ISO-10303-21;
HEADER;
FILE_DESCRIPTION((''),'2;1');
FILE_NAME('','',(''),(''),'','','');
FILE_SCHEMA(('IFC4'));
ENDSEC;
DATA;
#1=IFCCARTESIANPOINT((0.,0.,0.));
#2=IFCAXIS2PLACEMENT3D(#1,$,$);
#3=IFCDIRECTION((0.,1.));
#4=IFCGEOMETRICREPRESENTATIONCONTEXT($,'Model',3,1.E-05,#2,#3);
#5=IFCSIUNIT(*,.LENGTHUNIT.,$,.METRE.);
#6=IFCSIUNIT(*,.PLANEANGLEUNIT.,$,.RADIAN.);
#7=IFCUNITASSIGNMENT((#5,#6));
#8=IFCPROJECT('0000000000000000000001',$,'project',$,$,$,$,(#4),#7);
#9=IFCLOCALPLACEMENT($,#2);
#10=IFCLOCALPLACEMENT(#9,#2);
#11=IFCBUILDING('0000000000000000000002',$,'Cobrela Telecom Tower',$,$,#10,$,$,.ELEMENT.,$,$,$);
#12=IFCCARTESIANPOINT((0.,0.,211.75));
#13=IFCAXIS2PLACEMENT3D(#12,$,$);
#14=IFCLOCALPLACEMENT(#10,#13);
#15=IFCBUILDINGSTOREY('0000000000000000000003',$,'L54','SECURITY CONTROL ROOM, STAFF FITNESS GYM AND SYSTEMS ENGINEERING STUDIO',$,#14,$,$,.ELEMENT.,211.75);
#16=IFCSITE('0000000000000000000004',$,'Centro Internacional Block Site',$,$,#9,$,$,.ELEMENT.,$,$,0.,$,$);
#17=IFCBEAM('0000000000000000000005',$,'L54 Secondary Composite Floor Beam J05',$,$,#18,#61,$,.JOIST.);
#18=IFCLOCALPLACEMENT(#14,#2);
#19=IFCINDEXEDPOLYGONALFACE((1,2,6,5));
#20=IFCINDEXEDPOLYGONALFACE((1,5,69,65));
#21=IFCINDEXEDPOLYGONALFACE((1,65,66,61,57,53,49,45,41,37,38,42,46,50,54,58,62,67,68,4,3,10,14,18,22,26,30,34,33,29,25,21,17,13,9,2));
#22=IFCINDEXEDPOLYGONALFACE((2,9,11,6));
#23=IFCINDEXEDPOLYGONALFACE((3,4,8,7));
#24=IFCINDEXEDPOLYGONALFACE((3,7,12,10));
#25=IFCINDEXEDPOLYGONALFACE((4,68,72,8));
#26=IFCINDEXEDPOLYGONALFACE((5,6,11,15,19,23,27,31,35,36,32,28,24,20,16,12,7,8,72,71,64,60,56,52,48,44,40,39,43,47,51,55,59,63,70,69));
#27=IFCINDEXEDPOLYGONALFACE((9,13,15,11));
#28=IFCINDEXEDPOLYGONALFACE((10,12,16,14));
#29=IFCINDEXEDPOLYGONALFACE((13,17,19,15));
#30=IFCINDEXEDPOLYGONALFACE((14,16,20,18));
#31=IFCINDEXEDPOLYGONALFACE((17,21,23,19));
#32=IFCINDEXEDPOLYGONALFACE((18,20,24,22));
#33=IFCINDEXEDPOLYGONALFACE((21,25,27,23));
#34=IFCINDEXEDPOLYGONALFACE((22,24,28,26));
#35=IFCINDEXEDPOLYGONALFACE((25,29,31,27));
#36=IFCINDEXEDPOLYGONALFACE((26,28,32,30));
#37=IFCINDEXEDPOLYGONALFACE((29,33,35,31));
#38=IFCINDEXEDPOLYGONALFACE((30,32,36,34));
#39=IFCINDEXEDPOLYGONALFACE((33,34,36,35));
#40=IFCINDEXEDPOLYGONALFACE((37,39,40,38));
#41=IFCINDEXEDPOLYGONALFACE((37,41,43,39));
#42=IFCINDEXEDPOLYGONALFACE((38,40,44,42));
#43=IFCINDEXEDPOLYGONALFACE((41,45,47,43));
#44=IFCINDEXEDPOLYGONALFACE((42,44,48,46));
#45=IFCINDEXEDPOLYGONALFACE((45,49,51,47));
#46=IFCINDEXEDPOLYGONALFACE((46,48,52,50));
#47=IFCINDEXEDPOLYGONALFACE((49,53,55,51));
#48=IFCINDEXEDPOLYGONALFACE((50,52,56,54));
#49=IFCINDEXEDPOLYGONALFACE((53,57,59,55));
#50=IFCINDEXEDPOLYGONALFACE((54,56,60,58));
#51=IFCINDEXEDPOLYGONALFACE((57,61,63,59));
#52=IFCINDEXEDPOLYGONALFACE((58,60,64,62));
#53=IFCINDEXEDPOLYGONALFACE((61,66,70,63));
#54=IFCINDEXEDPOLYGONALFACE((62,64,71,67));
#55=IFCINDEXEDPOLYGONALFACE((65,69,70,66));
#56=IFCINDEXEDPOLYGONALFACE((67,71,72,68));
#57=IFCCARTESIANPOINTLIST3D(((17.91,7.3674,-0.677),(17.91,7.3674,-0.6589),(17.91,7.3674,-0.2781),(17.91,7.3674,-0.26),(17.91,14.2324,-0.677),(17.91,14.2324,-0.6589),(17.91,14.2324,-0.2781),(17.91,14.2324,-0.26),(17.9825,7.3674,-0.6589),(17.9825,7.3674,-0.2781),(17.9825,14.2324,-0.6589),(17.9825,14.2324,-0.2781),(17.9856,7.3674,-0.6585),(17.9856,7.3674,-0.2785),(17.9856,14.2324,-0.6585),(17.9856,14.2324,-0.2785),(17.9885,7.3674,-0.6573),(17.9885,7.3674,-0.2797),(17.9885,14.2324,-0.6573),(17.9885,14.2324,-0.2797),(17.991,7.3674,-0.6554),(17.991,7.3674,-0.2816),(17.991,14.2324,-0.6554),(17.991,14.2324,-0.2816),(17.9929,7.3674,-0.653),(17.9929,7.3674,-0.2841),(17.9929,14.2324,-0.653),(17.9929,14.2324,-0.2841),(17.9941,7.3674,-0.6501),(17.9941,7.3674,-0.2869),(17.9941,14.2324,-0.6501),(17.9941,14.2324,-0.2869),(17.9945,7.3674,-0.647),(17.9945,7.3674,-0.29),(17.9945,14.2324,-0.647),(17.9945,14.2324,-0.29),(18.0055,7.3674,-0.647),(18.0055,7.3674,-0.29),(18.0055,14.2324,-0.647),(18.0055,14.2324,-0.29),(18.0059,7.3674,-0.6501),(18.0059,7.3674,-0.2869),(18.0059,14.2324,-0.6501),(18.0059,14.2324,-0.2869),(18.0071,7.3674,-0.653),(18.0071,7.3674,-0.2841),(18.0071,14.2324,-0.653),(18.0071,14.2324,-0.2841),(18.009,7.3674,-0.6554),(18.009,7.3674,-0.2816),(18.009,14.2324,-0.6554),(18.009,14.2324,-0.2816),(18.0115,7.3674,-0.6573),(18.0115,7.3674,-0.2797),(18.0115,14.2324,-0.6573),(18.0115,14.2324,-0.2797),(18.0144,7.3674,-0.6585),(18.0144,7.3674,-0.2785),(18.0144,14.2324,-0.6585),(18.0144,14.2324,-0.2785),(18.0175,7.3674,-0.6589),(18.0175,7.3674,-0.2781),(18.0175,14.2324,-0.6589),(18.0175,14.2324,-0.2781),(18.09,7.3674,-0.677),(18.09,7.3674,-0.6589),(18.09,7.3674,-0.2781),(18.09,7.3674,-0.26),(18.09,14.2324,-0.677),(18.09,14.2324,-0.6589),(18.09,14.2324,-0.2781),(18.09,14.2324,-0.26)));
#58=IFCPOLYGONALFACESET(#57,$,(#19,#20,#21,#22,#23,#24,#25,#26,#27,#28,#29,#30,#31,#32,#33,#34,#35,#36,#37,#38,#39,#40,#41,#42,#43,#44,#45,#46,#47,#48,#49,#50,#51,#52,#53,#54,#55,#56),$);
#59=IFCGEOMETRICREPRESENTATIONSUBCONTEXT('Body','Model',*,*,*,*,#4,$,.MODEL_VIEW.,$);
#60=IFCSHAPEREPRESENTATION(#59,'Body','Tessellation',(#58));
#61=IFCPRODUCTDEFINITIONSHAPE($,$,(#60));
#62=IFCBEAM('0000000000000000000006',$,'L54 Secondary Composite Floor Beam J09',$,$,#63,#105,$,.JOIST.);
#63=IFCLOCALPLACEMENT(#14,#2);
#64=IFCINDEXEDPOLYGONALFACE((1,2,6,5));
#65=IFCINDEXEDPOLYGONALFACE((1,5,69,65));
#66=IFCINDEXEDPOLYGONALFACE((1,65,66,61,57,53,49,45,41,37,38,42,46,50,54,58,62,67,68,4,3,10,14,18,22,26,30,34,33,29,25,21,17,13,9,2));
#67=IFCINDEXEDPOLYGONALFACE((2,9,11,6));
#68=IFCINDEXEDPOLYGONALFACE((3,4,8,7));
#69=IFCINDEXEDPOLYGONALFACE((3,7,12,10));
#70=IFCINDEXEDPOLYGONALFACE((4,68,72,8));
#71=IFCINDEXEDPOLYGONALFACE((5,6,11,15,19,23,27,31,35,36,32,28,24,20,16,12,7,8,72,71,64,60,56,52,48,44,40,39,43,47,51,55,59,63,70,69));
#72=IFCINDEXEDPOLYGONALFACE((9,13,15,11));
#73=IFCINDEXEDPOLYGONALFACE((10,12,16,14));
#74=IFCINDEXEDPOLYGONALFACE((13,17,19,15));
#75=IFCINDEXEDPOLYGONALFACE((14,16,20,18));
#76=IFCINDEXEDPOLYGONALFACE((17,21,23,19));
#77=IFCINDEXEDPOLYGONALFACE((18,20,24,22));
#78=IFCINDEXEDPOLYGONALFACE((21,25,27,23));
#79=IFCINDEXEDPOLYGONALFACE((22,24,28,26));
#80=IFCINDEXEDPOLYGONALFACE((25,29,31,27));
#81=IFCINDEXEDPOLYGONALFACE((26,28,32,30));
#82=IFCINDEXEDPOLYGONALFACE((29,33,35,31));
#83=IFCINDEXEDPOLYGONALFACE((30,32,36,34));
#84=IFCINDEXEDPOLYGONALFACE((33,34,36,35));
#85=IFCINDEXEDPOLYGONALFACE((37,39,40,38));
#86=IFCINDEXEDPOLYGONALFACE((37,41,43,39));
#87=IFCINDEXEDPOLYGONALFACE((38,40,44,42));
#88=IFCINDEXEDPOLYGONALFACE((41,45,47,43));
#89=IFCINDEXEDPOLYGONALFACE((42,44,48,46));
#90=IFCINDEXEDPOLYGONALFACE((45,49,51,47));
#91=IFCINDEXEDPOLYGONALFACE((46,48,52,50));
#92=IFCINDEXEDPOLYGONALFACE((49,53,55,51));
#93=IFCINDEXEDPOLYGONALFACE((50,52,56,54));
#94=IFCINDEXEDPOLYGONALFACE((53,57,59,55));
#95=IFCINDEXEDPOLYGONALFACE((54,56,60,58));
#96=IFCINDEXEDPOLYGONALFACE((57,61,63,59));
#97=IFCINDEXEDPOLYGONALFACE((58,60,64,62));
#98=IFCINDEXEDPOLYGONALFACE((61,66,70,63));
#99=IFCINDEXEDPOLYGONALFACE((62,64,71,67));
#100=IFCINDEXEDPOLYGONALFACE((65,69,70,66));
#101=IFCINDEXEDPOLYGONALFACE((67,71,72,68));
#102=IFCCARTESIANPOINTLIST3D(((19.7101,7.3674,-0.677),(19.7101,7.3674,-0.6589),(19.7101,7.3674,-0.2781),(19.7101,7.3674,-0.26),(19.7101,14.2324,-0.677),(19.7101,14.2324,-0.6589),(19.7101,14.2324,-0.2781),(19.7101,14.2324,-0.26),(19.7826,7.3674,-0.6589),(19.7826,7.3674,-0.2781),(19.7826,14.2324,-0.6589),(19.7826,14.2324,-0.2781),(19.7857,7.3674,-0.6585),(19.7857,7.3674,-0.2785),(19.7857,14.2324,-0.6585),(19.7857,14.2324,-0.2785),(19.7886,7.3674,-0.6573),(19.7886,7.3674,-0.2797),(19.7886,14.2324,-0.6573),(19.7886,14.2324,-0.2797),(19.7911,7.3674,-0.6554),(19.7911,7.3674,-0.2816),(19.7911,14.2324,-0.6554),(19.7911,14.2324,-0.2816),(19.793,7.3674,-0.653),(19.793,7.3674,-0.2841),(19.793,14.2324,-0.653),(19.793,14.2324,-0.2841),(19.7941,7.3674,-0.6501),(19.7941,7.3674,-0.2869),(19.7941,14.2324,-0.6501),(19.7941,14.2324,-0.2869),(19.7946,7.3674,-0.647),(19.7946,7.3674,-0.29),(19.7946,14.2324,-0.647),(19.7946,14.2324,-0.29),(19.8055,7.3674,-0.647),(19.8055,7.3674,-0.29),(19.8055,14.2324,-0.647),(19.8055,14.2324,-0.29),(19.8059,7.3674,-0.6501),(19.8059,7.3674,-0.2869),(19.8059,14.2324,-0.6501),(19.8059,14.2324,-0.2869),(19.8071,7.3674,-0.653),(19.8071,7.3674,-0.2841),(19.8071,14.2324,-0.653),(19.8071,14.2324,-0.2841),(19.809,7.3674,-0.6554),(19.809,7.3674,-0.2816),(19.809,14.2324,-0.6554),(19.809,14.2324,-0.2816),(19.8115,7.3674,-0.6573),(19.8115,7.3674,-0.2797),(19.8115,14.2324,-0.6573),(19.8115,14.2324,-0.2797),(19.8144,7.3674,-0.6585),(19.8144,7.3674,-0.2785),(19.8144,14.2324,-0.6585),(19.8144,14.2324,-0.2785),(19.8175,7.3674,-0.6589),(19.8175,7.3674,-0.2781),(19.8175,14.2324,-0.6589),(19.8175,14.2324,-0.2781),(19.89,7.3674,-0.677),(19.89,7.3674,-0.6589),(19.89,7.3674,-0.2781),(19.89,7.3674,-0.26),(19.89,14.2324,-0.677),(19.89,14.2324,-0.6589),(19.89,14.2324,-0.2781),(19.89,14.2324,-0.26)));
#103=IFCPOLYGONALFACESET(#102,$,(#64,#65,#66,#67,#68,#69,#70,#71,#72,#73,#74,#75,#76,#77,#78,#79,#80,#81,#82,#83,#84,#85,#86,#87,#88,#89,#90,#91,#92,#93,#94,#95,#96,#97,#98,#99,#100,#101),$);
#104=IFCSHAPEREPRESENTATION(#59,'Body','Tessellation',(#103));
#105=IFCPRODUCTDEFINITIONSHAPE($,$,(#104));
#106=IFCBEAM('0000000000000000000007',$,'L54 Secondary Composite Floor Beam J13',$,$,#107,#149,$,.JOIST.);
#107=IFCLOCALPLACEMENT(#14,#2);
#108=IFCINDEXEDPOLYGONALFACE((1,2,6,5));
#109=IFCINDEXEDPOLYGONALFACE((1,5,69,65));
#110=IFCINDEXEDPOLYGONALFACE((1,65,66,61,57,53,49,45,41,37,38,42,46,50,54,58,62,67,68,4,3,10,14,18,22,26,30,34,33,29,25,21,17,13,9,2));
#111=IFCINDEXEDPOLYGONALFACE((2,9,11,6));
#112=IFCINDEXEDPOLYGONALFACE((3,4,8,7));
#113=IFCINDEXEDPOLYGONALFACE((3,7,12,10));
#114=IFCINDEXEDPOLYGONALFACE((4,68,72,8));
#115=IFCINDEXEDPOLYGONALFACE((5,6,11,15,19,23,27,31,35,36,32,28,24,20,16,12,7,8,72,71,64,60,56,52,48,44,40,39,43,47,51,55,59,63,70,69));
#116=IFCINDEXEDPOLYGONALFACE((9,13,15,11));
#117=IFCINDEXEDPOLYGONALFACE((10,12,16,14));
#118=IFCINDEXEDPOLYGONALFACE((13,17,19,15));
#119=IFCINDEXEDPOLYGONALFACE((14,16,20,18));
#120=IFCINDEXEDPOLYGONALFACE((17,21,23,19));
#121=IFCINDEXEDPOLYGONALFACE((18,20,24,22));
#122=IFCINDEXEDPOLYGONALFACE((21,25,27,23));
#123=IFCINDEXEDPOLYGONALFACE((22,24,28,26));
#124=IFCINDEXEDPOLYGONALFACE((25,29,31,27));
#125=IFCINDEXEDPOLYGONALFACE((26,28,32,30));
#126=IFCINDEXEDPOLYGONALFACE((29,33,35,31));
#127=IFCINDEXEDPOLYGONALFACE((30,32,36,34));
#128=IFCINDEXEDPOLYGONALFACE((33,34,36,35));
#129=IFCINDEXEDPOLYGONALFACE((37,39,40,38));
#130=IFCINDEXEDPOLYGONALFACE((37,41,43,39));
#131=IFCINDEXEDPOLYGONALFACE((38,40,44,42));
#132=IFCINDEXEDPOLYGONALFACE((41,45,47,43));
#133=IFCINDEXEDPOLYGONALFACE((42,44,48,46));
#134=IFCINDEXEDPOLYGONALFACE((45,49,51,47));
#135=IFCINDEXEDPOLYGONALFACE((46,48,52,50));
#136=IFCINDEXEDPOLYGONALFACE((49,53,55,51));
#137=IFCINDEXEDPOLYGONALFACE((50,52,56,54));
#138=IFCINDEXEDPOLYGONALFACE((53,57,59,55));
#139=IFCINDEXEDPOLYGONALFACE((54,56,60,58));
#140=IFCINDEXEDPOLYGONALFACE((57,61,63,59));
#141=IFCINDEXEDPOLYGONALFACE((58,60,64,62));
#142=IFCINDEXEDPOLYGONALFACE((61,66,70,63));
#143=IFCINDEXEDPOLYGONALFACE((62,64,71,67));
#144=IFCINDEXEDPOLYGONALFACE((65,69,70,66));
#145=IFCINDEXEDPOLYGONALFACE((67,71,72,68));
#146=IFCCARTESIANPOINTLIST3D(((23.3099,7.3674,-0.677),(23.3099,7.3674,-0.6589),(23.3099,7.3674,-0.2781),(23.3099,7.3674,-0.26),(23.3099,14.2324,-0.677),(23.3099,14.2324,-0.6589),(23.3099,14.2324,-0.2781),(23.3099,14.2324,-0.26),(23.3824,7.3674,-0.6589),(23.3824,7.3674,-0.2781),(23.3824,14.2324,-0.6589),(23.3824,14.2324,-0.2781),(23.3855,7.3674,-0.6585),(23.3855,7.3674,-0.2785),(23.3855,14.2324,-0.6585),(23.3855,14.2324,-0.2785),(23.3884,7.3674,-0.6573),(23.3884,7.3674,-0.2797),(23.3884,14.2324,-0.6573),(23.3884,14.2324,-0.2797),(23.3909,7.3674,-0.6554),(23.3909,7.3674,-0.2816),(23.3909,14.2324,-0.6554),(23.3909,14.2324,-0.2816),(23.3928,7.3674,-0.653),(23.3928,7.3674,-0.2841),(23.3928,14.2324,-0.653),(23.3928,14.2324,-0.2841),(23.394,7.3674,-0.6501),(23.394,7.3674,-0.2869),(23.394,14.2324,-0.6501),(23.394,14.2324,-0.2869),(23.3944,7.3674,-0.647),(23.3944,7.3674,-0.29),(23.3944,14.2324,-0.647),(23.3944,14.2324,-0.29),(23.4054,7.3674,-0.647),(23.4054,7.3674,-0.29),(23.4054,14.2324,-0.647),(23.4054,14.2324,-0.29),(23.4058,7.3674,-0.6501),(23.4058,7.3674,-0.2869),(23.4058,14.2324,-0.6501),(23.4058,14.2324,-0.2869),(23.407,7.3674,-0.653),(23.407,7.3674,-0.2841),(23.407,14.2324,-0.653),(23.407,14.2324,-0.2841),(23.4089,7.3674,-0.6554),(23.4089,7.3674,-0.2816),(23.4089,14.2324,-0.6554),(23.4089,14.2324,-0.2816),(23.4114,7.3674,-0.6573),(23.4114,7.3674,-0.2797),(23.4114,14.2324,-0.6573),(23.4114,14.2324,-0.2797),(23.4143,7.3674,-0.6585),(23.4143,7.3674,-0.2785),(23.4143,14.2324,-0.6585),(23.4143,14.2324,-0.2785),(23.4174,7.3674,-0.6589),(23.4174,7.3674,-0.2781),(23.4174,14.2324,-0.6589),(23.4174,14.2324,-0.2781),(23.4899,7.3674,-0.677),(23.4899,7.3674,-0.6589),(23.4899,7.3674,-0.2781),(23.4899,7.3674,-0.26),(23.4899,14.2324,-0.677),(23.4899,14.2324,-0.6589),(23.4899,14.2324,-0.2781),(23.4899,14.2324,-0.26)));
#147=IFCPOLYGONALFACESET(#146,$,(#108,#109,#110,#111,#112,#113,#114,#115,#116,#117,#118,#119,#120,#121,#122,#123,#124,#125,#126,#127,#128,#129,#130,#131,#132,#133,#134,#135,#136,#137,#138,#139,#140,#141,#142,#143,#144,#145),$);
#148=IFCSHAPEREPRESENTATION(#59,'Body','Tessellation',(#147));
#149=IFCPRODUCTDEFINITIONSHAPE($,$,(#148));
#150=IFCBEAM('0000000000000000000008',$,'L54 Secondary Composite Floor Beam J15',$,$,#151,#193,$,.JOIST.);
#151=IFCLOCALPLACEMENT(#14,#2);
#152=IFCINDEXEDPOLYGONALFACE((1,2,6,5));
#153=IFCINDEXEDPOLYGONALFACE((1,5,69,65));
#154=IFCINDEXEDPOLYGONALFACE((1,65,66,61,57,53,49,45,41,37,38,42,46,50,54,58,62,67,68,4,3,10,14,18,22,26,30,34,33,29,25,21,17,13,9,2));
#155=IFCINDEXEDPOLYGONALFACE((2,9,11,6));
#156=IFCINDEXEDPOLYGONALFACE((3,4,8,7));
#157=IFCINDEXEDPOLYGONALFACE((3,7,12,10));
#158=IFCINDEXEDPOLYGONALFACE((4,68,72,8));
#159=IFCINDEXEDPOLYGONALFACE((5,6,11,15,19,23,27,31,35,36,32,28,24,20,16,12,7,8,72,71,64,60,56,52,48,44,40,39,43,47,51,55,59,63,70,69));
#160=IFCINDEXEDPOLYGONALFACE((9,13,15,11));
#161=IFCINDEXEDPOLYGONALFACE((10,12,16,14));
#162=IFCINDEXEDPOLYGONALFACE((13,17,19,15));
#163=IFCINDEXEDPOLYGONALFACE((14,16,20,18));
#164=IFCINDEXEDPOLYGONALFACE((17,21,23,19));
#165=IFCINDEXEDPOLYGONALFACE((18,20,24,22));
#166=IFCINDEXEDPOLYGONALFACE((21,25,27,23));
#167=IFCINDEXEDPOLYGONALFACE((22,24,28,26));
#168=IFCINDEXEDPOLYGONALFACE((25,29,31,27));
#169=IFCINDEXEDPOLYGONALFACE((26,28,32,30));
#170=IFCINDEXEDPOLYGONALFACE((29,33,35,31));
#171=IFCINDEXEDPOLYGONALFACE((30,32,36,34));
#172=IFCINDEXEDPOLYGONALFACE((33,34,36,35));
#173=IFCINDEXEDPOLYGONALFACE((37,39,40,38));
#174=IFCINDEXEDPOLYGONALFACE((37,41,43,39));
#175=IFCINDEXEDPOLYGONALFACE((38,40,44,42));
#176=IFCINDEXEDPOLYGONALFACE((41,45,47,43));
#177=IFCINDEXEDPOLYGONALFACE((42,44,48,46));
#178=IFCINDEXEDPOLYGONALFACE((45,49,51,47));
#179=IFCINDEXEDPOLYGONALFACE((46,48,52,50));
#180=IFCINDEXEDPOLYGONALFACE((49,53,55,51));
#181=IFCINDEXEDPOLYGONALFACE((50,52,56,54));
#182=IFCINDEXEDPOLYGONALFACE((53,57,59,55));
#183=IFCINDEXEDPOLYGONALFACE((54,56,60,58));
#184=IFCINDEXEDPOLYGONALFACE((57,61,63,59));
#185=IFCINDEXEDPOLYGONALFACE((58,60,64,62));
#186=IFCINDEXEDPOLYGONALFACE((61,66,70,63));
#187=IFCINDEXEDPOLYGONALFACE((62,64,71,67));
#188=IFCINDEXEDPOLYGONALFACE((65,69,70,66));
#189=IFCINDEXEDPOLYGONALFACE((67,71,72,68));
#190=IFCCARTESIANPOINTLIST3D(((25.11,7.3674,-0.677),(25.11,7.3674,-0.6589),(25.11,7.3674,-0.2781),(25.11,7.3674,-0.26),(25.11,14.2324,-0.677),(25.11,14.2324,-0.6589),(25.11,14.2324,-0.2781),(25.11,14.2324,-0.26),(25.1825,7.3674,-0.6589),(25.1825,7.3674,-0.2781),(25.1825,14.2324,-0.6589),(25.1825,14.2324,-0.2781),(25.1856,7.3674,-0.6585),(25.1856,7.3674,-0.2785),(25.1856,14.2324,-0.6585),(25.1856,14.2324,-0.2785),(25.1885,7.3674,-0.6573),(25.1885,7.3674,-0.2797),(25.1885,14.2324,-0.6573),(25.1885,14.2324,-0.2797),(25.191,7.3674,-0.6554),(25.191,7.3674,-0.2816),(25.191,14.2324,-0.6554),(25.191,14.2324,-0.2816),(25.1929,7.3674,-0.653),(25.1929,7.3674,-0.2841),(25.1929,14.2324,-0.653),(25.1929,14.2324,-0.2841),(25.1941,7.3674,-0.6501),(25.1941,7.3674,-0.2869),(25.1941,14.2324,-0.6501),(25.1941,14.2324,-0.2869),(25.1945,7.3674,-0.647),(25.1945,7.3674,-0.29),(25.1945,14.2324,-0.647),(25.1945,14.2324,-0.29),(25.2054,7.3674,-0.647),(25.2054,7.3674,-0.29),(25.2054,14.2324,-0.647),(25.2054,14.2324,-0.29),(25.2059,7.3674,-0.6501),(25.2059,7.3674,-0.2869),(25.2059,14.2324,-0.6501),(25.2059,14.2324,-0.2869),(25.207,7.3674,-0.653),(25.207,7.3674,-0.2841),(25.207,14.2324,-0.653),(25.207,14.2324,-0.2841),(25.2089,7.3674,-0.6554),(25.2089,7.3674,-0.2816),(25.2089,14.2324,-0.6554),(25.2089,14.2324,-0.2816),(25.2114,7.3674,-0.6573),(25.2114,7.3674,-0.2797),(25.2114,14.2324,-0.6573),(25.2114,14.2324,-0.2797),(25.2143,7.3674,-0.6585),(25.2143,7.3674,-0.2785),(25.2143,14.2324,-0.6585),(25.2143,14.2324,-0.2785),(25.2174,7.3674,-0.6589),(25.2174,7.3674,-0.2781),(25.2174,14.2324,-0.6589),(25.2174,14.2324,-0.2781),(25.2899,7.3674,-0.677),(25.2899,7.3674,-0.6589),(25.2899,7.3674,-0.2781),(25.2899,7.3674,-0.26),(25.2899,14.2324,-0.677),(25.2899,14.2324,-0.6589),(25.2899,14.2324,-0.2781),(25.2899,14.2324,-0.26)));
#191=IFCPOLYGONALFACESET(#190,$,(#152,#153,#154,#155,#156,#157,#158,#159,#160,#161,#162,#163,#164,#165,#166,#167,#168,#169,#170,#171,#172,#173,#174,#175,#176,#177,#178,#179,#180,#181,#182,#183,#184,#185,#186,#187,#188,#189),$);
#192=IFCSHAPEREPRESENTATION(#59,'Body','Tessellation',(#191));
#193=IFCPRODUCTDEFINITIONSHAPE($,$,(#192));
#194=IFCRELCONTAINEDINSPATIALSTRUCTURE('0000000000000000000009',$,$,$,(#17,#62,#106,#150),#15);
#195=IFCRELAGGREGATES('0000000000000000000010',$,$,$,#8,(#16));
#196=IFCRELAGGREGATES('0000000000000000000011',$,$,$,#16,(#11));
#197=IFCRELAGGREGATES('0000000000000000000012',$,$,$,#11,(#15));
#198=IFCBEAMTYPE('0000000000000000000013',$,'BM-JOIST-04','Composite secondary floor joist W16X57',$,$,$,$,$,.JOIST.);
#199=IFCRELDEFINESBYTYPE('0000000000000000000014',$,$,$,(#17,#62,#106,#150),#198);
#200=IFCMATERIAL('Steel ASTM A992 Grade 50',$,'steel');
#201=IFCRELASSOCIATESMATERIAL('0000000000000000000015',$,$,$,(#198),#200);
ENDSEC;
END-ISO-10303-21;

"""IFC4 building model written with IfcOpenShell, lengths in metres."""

from ifc_helpers import new_model, si_unit, direction, frame, origin, origin_2d, place, context, subcontext, project, spatial, i_section, extrude, material, material_profile, profile_set, type_object, element, save


model = new_model("IFC4")

# Units and contexts
model_context = context("Model", 3, precision=1e-05, world=origin(), true_north=direction((0.0, 1.0)))
body_context = subcontext(model_context, "Body", "Model", "MODEL_VIEW")
ifc_project = project(units=[si_unit("LENGTHUNIT", "METRE"), si_unit("PLANEANGLEUNIT", "RADIAN")], contexts=[model_context])

# Site, building, storey
site_placement = place(None, origin())
site = spatial("IfcSite", under=ifc_project, at=site_placement, Name="Centro Internacional Block Site", CompositionType="ELEMENT", RefElevation=0.0)
building_placement = place(site_placement, origin())
building = spatial("IfcBuilding", under=site, at=building_placement, Name="Cobrela Telecom Tower", CompositionType="ELEMENT")
storey_placement = place(building_placement, frame((0.0, 0.0, 211.75)))
storey = spatial("IfcBuildingStorey", under=building, at=storey_placement, Name="L54", Description="SECURITY CONTROL ROOM, STAFF FITNESS GYM AND SYSTEMS ENGINEERING STUDIO", CompositionType="ELEMENT", Elevation=211.75)

# Shared definitions
ifc_material_1 = material(Name="Steel ASTM A992 Grade 50", Category="steel")

# Beams
ifc_material_profile_1 = material_profile(ifc_material_1, i_section(OverallWidth=0.1799, OverallDepth=0.417, WebThickness=0.011, FlangeThickness=0.0181, FilletRadius=0.012, at=origin_2d()), Name="W16X57")
ifc_profile_set_1 = profile_set([ifc_material_profile_1], Name="Steel ASTM A992 Grade 50")
beam_type_1 = type_object("IfcBeamType", Name="BM-JOIST-04", Description="Composite secondary floor joist W16X57", PredefinedType="JOIST", material=ifc_profile_set_1)
for number, where, z_axis, x_axis, name in (
    (1, (18.0, 7.3674, -0.4685), (0.0, 1.0, 0.0), (-1.0, 0.0, 0.0), "L54 Secondary Composite Floor Beam J05"),
    (2, (19.8, 7.3674, -0.4685), (0.0, 1.0, 0.0), (-1.0, 0.0, 0.0), "L54 Secondary Composite Floor Beam J09"),
    (3, (23.3999, 7.3674, -0.4685), (0.0, 1.0, 0.0), (-1.0, 0.0, 0.0), "L54 Secondary Composite Floor Beam J13"),
    (4, (25.2, 7.3674, -0.4685), (0.0, 1.0, 0.0), (-1.0, 0.0, 0.0), "L54 Secondary Composite Floor Beam J15"),
):
    element("IfcBeam", number, at=place(storey_placement, frame(where, z_axis=z_axis, x_axis=x_axis)), inside=storey, type_object=beam_type_1, Name=name, PredefinedType="JOIST", context=body_context, shape_type="SweptSolid", body=[
        extrude(i_section(OverallWidth=0.1799, OverallDepth=0.417, WebThickness=0.011, FlangeThickness=0.0181, FilletRadius=0.012, at=origin_2d()), origin(), (0.0, 0.0, 1.0), 6.865),
    ])

save(model, "model.ifc")
